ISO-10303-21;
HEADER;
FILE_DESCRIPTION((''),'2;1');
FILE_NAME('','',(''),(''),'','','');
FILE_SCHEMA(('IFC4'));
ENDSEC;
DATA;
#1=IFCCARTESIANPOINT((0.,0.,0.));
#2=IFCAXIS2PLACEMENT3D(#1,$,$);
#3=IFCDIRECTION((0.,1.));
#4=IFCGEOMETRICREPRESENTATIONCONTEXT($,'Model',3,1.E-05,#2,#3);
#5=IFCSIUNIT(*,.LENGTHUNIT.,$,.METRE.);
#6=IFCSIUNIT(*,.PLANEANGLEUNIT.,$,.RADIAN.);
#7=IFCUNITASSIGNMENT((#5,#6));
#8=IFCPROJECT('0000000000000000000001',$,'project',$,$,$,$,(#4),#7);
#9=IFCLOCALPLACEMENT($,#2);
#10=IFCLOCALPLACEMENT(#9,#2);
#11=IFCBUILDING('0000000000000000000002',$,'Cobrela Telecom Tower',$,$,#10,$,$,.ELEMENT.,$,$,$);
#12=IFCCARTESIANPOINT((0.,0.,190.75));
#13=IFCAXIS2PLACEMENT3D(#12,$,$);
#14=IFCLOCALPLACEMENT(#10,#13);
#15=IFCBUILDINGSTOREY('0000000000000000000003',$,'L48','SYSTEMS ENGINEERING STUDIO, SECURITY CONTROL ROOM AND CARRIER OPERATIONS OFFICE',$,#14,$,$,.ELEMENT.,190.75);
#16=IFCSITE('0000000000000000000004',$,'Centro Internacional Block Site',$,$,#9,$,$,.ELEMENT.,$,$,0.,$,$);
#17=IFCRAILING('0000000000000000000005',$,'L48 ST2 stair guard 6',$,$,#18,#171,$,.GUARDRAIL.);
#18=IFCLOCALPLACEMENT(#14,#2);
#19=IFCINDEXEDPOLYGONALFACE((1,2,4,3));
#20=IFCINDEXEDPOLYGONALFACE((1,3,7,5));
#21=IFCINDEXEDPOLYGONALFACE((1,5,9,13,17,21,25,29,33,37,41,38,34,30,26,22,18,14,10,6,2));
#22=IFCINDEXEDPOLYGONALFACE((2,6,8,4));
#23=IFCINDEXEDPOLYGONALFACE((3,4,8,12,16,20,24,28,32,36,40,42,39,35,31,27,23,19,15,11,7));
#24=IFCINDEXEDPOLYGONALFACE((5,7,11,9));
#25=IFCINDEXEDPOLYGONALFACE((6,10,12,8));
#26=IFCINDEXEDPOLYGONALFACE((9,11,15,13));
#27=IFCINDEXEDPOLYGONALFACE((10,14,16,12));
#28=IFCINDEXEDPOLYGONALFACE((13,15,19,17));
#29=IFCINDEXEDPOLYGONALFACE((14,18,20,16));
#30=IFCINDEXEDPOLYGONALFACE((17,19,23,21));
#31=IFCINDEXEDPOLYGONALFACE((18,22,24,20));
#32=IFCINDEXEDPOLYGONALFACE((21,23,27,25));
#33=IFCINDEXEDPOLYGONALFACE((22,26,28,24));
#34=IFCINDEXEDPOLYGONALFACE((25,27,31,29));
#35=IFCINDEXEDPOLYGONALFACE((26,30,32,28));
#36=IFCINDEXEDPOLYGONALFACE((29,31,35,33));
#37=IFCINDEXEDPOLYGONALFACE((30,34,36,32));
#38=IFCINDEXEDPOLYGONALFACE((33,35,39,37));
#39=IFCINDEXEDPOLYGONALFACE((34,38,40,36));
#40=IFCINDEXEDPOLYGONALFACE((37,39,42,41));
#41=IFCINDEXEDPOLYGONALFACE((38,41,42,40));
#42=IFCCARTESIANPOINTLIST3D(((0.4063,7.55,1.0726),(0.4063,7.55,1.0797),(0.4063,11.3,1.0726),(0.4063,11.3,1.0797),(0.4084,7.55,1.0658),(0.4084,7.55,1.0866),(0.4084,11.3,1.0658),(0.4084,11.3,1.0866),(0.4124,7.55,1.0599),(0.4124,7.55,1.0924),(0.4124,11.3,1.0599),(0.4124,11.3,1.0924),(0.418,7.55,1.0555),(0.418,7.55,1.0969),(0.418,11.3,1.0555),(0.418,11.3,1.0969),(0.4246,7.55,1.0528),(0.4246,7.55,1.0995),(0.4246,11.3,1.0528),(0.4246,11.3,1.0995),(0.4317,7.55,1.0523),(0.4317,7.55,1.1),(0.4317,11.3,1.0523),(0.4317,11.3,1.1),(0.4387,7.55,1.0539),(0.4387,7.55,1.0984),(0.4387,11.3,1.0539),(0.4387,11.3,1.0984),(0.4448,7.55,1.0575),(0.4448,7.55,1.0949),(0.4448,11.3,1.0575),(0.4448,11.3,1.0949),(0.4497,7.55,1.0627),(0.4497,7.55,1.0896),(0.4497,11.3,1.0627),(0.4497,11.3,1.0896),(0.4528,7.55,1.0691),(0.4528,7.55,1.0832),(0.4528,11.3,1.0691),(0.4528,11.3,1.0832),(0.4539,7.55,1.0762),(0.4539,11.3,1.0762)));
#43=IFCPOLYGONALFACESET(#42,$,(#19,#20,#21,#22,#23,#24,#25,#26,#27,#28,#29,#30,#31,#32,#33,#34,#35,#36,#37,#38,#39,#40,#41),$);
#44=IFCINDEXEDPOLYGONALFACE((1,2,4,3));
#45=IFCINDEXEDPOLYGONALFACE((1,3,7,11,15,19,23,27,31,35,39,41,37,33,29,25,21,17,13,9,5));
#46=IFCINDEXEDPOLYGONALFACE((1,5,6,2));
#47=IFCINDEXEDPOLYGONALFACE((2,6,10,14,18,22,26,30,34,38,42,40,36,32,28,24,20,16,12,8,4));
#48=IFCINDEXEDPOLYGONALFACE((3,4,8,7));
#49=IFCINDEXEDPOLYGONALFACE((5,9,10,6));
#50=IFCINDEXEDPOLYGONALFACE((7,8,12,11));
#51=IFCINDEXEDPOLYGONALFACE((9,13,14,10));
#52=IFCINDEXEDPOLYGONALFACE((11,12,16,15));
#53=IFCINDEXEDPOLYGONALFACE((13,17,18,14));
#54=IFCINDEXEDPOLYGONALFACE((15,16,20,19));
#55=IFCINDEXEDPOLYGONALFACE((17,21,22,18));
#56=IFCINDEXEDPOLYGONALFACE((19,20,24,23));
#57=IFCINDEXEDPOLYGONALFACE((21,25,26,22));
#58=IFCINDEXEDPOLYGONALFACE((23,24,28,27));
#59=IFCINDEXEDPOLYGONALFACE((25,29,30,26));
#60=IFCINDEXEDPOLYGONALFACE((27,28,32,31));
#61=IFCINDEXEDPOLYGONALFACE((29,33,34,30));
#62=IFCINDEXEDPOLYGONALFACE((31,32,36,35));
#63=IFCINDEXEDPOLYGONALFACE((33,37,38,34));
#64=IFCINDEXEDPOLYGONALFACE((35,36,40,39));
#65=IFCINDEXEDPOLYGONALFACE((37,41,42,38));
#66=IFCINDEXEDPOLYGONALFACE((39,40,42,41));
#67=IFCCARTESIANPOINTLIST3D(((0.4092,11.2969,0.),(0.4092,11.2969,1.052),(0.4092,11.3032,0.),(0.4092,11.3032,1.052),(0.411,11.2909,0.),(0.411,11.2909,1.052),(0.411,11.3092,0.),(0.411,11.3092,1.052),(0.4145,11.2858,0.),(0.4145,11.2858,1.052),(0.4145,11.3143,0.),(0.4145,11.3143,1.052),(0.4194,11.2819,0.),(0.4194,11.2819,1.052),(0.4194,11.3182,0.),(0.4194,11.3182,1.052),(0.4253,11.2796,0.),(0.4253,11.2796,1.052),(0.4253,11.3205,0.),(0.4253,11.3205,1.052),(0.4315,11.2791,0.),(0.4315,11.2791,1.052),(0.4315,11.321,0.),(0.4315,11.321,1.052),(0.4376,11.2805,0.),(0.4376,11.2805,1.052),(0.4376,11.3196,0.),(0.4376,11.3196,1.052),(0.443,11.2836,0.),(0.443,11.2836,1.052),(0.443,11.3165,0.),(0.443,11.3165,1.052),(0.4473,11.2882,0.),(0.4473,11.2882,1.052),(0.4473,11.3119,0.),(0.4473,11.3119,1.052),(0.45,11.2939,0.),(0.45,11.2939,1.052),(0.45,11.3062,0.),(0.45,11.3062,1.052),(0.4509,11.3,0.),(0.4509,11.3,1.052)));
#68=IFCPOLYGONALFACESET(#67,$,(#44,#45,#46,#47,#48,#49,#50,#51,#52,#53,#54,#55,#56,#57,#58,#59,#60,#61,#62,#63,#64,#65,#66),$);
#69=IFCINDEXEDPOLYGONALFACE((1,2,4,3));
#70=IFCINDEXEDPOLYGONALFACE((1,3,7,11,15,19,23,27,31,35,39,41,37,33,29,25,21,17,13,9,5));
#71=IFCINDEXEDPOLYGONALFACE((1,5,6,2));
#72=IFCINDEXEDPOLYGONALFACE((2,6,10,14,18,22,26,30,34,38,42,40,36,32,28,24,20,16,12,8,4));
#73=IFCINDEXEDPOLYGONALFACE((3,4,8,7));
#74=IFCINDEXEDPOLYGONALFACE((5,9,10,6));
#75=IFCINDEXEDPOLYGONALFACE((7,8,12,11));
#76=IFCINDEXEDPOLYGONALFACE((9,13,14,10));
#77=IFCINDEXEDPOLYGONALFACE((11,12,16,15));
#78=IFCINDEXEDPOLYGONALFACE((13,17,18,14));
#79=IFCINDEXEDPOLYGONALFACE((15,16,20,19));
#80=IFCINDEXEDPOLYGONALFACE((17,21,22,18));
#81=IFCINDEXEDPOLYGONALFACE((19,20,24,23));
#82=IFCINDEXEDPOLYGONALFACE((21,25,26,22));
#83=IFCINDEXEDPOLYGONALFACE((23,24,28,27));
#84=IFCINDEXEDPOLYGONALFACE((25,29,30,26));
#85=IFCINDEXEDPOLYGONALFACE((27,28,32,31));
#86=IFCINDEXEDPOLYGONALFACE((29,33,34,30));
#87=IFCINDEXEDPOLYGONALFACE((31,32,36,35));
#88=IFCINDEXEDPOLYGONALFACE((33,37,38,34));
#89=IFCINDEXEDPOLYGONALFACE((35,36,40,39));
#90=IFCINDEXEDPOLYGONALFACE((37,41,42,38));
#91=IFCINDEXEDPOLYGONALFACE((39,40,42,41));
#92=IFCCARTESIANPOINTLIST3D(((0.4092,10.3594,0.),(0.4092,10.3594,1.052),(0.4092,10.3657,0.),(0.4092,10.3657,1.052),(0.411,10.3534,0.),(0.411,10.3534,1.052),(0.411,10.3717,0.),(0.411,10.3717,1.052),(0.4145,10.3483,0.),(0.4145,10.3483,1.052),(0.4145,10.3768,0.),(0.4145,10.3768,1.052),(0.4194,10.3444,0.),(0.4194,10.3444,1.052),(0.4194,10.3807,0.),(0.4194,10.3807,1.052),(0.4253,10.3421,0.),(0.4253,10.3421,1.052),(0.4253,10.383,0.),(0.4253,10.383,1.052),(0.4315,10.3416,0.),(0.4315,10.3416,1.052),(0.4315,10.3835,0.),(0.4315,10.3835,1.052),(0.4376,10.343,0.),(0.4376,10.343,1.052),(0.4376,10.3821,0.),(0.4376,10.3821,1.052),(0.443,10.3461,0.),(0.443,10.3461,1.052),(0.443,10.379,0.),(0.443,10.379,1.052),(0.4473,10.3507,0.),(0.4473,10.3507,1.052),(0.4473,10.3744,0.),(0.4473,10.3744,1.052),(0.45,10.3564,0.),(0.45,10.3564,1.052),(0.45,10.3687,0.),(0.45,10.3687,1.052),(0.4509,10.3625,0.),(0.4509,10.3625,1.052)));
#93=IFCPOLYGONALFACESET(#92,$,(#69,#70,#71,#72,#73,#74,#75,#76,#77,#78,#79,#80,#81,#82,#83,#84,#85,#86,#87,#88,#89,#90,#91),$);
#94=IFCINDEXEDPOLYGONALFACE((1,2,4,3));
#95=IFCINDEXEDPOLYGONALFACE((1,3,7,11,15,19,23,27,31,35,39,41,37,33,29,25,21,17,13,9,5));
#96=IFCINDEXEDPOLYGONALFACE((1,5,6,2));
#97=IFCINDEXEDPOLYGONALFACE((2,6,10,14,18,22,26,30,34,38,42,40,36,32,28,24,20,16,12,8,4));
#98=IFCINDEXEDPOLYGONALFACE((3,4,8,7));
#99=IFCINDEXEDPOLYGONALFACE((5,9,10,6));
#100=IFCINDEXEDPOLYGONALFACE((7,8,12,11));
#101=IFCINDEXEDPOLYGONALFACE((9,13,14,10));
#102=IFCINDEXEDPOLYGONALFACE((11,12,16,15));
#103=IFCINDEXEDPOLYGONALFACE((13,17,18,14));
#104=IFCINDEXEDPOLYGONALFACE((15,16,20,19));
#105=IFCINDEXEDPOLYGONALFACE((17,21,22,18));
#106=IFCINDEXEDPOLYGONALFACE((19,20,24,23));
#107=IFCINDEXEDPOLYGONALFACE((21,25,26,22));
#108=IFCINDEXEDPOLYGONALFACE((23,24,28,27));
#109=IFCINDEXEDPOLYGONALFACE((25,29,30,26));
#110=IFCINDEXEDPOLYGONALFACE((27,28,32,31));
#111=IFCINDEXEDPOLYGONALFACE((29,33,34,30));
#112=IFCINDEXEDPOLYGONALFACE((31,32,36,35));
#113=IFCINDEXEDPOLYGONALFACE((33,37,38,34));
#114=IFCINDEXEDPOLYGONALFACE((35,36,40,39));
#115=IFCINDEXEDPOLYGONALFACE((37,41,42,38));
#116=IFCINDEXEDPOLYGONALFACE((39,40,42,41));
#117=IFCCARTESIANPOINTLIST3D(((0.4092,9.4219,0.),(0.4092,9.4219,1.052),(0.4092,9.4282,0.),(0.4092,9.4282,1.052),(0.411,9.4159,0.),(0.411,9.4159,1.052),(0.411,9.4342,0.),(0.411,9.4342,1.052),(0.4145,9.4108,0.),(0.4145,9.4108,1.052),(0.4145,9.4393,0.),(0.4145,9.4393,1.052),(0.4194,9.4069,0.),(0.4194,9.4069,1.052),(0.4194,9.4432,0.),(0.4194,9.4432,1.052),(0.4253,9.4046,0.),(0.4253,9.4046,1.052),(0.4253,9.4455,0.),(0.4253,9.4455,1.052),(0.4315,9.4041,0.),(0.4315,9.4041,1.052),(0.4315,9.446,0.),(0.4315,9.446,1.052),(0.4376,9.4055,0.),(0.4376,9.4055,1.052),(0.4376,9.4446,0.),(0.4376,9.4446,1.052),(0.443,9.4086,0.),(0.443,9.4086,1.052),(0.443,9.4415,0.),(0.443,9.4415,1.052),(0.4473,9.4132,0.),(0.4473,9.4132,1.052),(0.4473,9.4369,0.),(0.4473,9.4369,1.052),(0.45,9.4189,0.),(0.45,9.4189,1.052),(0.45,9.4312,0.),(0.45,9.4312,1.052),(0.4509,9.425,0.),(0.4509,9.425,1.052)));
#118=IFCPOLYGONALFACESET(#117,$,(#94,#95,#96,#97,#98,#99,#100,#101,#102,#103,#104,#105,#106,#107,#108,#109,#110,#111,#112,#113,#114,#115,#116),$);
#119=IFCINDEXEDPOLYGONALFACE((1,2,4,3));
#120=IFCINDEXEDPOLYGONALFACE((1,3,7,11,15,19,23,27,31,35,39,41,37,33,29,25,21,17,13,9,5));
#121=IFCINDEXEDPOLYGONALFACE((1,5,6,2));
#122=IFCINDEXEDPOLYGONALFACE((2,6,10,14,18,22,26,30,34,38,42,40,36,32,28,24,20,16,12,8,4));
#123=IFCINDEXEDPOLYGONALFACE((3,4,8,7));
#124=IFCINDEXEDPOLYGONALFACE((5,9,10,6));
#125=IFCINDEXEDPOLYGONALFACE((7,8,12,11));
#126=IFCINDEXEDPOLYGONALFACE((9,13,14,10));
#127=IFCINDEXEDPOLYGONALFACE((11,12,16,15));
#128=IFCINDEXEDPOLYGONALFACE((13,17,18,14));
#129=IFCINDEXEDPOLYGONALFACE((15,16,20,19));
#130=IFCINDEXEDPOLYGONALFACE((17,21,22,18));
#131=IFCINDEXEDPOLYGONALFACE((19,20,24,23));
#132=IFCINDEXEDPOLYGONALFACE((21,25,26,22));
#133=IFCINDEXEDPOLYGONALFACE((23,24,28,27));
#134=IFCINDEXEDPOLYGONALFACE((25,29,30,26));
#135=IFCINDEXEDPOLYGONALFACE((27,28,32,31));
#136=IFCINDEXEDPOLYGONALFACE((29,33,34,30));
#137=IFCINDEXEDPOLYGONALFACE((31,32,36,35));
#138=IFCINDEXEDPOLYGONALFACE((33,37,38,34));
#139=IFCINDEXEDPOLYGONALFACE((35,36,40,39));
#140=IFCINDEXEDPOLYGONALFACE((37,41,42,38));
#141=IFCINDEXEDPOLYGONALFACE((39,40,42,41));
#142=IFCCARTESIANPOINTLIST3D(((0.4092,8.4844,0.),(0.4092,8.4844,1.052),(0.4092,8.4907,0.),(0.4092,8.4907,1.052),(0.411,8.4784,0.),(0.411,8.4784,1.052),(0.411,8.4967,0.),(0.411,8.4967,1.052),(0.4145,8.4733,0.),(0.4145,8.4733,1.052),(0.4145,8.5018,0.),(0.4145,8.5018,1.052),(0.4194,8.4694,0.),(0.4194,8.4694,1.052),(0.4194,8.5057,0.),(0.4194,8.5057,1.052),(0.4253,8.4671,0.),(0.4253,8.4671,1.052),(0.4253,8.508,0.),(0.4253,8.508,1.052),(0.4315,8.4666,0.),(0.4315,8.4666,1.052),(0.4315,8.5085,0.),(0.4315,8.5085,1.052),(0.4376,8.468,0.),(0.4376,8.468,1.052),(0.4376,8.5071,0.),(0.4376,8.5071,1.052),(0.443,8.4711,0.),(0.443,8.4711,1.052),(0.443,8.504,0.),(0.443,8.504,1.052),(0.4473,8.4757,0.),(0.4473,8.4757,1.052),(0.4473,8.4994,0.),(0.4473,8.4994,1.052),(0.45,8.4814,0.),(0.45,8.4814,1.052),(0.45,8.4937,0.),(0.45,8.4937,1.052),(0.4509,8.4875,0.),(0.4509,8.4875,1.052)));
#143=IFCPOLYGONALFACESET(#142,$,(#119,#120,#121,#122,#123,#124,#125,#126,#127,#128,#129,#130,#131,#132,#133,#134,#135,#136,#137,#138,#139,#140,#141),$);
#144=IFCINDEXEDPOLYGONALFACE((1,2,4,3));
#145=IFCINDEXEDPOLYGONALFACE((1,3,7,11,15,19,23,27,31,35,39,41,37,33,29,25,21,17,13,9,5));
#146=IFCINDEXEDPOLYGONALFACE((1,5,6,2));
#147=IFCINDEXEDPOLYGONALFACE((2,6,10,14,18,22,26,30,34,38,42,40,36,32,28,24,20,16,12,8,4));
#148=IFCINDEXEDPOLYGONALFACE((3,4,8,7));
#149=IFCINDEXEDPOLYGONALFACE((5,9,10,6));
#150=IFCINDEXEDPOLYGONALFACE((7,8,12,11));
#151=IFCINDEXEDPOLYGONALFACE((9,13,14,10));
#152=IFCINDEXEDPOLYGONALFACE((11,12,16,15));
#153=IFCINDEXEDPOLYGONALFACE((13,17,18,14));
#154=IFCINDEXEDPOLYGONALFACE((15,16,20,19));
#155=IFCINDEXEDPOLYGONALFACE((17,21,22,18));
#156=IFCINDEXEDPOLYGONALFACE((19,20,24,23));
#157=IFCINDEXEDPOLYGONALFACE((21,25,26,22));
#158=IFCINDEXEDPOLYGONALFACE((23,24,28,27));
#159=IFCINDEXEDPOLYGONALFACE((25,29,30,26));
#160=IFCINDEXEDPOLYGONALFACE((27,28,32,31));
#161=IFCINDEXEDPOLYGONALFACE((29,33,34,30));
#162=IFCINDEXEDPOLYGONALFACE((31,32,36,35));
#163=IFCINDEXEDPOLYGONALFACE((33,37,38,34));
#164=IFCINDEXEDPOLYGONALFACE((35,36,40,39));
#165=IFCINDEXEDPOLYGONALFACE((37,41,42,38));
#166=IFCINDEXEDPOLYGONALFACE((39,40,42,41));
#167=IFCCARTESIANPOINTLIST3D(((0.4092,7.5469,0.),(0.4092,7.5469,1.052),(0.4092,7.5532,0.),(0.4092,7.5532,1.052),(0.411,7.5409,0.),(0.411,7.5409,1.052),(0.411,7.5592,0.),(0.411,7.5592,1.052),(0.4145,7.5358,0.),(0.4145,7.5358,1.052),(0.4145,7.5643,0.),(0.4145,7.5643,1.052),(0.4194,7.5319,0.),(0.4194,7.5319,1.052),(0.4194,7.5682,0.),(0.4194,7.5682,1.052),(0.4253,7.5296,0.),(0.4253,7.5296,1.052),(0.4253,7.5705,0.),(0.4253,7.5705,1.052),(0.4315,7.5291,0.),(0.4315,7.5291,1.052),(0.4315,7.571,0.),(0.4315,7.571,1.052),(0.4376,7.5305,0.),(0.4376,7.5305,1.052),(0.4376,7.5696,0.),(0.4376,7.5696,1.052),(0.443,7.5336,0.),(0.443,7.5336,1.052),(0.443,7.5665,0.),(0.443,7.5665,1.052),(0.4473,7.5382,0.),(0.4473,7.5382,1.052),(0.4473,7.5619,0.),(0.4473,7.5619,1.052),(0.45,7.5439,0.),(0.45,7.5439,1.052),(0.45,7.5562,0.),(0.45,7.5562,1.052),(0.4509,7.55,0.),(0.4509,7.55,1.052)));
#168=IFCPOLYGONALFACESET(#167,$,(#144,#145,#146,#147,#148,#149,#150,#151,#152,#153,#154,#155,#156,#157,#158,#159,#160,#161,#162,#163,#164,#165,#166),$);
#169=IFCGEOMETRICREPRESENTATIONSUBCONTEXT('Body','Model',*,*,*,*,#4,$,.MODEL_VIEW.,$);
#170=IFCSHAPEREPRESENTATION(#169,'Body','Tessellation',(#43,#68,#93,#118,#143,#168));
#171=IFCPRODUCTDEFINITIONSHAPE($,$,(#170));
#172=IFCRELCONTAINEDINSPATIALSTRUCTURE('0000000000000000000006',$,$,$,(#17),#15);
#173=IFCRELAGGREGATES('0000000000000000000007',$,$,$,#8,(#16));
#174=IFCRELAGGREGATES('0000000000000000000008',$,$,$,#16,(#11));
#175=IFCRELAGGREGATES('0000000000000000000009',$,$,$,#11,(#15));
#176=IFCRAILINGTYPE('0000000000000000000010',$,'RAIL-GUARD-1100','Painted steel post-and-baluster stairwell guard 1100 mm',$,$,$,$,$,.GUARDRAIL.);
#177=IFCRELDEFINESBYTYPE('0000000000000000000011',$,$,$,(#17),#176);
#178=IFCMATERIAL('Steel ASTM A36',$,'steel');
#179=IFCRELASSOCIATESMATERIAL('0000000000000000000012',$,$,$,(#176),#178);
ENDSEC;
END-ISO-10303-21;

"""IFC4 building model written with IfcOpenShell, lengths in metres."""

from ifc_helpers import new_model, si_unit, direction, frame, origin, origin_2d, place, context, subcontext, project, spatial, circle, extrude, material, type_object, element, save


model = new_model("IFC4")

# Units and contexts
model_context = context("Model", 3, precision=1e-05, world=origin(), true_north=direction((0.0, 1.0)))
body_context = subcontext(model_context, "Body", "Model", "MODEL_VIEW")
ifc_project = project(units=[si_unit("LENGTHUNIT", "METRE"), si_unit("PLANEANGLEUNIT", "RADIAN")], contexts=[model_context])

# Site, building, storey
site_placement = place(None, origin())
site = spatial("IfcSite", under=ifc_project, at=site_placement, Name="Centro Internacional Block Site", CompositionType="ELEMENT", RefElevation=0.0)
building_placement = place(site_placement, origin())
building = spatial("IfcBuilding", under=site, at=building_placement, Name="Cobrela Telecom Tower", CompositionType="ELEMENT")
storey_placement = place(building_placement, frame((0.0, 0.0, 190.75)))
storey = spatial("IfcBuildingStorey", under=building, at=storey_placement, Name="L48", Description="SYSTEMS ENGINEERING STUDIO, SECURITY CONTROL ROOM AND CARRIER OPERATIONS OFFICE", CompositionType="ELEMENT", Elevation=190.75)

# Shared definitions
ifc_material_1 = material(Name="Steel ASTM A36", Category="steel")

# Railing
railing_type = type_object("IfcRailingType", Name="RAIL-GUARD-1100", Description="Painted steel post-and-baluster stairwell guard 1100 mm", PredefinedType="GUARDRAIL", material=ifc_material_1)
railing_1_placement = place(storey_placement, frame((0.4299, 11.3, 0.0)))
element("IfcRailing", 1, at=railing_1_placement, inside=storey, type_object=railing_type, Name="L48 ST2 stair guard 6", PredefinedType="GUARDRAIL", context=body_context, shape_type="SweptSolid", body=[
    extrude(circle(Radius=0.0239, at=origin_2d()), frame((0.0, 0.0, 1.0762), z_axis=(0.0, -1.0, 0.0), x_axis=(1.0, 0.0, 0.0)), (0.0, 0.0, 1.0), 3.75),
    extrude(circle(Radius=0.021, at=origin_2d()), origin(), (0.0, 0.0, 1.0), 1.052),
    extrude(circle(Radius=0.021, at=origin_2d()), frame((0.0, -0.9375, 0.0)), (0.0, 0.0, 1.0), 1.052),
    extrude(circle(Radius=0.021, at=origin_2d()), frame((0.0, -1.875, 0.0)), (0.0, 0.0, 1.0), 1.052),
    extrude(circle(Radius=0.021, at=origin_2d()), frame((0.0, -2.8125, 0.0)), (0.0, 0.0, 1.0), 1.052),
    extrude(circle(Radius=0.021, at=origin_2d()), frame((0.0, -3.75, 0.0)), (0.0, 0.0, 1.0), 1.052),
])

save(model, "model.ifc")
